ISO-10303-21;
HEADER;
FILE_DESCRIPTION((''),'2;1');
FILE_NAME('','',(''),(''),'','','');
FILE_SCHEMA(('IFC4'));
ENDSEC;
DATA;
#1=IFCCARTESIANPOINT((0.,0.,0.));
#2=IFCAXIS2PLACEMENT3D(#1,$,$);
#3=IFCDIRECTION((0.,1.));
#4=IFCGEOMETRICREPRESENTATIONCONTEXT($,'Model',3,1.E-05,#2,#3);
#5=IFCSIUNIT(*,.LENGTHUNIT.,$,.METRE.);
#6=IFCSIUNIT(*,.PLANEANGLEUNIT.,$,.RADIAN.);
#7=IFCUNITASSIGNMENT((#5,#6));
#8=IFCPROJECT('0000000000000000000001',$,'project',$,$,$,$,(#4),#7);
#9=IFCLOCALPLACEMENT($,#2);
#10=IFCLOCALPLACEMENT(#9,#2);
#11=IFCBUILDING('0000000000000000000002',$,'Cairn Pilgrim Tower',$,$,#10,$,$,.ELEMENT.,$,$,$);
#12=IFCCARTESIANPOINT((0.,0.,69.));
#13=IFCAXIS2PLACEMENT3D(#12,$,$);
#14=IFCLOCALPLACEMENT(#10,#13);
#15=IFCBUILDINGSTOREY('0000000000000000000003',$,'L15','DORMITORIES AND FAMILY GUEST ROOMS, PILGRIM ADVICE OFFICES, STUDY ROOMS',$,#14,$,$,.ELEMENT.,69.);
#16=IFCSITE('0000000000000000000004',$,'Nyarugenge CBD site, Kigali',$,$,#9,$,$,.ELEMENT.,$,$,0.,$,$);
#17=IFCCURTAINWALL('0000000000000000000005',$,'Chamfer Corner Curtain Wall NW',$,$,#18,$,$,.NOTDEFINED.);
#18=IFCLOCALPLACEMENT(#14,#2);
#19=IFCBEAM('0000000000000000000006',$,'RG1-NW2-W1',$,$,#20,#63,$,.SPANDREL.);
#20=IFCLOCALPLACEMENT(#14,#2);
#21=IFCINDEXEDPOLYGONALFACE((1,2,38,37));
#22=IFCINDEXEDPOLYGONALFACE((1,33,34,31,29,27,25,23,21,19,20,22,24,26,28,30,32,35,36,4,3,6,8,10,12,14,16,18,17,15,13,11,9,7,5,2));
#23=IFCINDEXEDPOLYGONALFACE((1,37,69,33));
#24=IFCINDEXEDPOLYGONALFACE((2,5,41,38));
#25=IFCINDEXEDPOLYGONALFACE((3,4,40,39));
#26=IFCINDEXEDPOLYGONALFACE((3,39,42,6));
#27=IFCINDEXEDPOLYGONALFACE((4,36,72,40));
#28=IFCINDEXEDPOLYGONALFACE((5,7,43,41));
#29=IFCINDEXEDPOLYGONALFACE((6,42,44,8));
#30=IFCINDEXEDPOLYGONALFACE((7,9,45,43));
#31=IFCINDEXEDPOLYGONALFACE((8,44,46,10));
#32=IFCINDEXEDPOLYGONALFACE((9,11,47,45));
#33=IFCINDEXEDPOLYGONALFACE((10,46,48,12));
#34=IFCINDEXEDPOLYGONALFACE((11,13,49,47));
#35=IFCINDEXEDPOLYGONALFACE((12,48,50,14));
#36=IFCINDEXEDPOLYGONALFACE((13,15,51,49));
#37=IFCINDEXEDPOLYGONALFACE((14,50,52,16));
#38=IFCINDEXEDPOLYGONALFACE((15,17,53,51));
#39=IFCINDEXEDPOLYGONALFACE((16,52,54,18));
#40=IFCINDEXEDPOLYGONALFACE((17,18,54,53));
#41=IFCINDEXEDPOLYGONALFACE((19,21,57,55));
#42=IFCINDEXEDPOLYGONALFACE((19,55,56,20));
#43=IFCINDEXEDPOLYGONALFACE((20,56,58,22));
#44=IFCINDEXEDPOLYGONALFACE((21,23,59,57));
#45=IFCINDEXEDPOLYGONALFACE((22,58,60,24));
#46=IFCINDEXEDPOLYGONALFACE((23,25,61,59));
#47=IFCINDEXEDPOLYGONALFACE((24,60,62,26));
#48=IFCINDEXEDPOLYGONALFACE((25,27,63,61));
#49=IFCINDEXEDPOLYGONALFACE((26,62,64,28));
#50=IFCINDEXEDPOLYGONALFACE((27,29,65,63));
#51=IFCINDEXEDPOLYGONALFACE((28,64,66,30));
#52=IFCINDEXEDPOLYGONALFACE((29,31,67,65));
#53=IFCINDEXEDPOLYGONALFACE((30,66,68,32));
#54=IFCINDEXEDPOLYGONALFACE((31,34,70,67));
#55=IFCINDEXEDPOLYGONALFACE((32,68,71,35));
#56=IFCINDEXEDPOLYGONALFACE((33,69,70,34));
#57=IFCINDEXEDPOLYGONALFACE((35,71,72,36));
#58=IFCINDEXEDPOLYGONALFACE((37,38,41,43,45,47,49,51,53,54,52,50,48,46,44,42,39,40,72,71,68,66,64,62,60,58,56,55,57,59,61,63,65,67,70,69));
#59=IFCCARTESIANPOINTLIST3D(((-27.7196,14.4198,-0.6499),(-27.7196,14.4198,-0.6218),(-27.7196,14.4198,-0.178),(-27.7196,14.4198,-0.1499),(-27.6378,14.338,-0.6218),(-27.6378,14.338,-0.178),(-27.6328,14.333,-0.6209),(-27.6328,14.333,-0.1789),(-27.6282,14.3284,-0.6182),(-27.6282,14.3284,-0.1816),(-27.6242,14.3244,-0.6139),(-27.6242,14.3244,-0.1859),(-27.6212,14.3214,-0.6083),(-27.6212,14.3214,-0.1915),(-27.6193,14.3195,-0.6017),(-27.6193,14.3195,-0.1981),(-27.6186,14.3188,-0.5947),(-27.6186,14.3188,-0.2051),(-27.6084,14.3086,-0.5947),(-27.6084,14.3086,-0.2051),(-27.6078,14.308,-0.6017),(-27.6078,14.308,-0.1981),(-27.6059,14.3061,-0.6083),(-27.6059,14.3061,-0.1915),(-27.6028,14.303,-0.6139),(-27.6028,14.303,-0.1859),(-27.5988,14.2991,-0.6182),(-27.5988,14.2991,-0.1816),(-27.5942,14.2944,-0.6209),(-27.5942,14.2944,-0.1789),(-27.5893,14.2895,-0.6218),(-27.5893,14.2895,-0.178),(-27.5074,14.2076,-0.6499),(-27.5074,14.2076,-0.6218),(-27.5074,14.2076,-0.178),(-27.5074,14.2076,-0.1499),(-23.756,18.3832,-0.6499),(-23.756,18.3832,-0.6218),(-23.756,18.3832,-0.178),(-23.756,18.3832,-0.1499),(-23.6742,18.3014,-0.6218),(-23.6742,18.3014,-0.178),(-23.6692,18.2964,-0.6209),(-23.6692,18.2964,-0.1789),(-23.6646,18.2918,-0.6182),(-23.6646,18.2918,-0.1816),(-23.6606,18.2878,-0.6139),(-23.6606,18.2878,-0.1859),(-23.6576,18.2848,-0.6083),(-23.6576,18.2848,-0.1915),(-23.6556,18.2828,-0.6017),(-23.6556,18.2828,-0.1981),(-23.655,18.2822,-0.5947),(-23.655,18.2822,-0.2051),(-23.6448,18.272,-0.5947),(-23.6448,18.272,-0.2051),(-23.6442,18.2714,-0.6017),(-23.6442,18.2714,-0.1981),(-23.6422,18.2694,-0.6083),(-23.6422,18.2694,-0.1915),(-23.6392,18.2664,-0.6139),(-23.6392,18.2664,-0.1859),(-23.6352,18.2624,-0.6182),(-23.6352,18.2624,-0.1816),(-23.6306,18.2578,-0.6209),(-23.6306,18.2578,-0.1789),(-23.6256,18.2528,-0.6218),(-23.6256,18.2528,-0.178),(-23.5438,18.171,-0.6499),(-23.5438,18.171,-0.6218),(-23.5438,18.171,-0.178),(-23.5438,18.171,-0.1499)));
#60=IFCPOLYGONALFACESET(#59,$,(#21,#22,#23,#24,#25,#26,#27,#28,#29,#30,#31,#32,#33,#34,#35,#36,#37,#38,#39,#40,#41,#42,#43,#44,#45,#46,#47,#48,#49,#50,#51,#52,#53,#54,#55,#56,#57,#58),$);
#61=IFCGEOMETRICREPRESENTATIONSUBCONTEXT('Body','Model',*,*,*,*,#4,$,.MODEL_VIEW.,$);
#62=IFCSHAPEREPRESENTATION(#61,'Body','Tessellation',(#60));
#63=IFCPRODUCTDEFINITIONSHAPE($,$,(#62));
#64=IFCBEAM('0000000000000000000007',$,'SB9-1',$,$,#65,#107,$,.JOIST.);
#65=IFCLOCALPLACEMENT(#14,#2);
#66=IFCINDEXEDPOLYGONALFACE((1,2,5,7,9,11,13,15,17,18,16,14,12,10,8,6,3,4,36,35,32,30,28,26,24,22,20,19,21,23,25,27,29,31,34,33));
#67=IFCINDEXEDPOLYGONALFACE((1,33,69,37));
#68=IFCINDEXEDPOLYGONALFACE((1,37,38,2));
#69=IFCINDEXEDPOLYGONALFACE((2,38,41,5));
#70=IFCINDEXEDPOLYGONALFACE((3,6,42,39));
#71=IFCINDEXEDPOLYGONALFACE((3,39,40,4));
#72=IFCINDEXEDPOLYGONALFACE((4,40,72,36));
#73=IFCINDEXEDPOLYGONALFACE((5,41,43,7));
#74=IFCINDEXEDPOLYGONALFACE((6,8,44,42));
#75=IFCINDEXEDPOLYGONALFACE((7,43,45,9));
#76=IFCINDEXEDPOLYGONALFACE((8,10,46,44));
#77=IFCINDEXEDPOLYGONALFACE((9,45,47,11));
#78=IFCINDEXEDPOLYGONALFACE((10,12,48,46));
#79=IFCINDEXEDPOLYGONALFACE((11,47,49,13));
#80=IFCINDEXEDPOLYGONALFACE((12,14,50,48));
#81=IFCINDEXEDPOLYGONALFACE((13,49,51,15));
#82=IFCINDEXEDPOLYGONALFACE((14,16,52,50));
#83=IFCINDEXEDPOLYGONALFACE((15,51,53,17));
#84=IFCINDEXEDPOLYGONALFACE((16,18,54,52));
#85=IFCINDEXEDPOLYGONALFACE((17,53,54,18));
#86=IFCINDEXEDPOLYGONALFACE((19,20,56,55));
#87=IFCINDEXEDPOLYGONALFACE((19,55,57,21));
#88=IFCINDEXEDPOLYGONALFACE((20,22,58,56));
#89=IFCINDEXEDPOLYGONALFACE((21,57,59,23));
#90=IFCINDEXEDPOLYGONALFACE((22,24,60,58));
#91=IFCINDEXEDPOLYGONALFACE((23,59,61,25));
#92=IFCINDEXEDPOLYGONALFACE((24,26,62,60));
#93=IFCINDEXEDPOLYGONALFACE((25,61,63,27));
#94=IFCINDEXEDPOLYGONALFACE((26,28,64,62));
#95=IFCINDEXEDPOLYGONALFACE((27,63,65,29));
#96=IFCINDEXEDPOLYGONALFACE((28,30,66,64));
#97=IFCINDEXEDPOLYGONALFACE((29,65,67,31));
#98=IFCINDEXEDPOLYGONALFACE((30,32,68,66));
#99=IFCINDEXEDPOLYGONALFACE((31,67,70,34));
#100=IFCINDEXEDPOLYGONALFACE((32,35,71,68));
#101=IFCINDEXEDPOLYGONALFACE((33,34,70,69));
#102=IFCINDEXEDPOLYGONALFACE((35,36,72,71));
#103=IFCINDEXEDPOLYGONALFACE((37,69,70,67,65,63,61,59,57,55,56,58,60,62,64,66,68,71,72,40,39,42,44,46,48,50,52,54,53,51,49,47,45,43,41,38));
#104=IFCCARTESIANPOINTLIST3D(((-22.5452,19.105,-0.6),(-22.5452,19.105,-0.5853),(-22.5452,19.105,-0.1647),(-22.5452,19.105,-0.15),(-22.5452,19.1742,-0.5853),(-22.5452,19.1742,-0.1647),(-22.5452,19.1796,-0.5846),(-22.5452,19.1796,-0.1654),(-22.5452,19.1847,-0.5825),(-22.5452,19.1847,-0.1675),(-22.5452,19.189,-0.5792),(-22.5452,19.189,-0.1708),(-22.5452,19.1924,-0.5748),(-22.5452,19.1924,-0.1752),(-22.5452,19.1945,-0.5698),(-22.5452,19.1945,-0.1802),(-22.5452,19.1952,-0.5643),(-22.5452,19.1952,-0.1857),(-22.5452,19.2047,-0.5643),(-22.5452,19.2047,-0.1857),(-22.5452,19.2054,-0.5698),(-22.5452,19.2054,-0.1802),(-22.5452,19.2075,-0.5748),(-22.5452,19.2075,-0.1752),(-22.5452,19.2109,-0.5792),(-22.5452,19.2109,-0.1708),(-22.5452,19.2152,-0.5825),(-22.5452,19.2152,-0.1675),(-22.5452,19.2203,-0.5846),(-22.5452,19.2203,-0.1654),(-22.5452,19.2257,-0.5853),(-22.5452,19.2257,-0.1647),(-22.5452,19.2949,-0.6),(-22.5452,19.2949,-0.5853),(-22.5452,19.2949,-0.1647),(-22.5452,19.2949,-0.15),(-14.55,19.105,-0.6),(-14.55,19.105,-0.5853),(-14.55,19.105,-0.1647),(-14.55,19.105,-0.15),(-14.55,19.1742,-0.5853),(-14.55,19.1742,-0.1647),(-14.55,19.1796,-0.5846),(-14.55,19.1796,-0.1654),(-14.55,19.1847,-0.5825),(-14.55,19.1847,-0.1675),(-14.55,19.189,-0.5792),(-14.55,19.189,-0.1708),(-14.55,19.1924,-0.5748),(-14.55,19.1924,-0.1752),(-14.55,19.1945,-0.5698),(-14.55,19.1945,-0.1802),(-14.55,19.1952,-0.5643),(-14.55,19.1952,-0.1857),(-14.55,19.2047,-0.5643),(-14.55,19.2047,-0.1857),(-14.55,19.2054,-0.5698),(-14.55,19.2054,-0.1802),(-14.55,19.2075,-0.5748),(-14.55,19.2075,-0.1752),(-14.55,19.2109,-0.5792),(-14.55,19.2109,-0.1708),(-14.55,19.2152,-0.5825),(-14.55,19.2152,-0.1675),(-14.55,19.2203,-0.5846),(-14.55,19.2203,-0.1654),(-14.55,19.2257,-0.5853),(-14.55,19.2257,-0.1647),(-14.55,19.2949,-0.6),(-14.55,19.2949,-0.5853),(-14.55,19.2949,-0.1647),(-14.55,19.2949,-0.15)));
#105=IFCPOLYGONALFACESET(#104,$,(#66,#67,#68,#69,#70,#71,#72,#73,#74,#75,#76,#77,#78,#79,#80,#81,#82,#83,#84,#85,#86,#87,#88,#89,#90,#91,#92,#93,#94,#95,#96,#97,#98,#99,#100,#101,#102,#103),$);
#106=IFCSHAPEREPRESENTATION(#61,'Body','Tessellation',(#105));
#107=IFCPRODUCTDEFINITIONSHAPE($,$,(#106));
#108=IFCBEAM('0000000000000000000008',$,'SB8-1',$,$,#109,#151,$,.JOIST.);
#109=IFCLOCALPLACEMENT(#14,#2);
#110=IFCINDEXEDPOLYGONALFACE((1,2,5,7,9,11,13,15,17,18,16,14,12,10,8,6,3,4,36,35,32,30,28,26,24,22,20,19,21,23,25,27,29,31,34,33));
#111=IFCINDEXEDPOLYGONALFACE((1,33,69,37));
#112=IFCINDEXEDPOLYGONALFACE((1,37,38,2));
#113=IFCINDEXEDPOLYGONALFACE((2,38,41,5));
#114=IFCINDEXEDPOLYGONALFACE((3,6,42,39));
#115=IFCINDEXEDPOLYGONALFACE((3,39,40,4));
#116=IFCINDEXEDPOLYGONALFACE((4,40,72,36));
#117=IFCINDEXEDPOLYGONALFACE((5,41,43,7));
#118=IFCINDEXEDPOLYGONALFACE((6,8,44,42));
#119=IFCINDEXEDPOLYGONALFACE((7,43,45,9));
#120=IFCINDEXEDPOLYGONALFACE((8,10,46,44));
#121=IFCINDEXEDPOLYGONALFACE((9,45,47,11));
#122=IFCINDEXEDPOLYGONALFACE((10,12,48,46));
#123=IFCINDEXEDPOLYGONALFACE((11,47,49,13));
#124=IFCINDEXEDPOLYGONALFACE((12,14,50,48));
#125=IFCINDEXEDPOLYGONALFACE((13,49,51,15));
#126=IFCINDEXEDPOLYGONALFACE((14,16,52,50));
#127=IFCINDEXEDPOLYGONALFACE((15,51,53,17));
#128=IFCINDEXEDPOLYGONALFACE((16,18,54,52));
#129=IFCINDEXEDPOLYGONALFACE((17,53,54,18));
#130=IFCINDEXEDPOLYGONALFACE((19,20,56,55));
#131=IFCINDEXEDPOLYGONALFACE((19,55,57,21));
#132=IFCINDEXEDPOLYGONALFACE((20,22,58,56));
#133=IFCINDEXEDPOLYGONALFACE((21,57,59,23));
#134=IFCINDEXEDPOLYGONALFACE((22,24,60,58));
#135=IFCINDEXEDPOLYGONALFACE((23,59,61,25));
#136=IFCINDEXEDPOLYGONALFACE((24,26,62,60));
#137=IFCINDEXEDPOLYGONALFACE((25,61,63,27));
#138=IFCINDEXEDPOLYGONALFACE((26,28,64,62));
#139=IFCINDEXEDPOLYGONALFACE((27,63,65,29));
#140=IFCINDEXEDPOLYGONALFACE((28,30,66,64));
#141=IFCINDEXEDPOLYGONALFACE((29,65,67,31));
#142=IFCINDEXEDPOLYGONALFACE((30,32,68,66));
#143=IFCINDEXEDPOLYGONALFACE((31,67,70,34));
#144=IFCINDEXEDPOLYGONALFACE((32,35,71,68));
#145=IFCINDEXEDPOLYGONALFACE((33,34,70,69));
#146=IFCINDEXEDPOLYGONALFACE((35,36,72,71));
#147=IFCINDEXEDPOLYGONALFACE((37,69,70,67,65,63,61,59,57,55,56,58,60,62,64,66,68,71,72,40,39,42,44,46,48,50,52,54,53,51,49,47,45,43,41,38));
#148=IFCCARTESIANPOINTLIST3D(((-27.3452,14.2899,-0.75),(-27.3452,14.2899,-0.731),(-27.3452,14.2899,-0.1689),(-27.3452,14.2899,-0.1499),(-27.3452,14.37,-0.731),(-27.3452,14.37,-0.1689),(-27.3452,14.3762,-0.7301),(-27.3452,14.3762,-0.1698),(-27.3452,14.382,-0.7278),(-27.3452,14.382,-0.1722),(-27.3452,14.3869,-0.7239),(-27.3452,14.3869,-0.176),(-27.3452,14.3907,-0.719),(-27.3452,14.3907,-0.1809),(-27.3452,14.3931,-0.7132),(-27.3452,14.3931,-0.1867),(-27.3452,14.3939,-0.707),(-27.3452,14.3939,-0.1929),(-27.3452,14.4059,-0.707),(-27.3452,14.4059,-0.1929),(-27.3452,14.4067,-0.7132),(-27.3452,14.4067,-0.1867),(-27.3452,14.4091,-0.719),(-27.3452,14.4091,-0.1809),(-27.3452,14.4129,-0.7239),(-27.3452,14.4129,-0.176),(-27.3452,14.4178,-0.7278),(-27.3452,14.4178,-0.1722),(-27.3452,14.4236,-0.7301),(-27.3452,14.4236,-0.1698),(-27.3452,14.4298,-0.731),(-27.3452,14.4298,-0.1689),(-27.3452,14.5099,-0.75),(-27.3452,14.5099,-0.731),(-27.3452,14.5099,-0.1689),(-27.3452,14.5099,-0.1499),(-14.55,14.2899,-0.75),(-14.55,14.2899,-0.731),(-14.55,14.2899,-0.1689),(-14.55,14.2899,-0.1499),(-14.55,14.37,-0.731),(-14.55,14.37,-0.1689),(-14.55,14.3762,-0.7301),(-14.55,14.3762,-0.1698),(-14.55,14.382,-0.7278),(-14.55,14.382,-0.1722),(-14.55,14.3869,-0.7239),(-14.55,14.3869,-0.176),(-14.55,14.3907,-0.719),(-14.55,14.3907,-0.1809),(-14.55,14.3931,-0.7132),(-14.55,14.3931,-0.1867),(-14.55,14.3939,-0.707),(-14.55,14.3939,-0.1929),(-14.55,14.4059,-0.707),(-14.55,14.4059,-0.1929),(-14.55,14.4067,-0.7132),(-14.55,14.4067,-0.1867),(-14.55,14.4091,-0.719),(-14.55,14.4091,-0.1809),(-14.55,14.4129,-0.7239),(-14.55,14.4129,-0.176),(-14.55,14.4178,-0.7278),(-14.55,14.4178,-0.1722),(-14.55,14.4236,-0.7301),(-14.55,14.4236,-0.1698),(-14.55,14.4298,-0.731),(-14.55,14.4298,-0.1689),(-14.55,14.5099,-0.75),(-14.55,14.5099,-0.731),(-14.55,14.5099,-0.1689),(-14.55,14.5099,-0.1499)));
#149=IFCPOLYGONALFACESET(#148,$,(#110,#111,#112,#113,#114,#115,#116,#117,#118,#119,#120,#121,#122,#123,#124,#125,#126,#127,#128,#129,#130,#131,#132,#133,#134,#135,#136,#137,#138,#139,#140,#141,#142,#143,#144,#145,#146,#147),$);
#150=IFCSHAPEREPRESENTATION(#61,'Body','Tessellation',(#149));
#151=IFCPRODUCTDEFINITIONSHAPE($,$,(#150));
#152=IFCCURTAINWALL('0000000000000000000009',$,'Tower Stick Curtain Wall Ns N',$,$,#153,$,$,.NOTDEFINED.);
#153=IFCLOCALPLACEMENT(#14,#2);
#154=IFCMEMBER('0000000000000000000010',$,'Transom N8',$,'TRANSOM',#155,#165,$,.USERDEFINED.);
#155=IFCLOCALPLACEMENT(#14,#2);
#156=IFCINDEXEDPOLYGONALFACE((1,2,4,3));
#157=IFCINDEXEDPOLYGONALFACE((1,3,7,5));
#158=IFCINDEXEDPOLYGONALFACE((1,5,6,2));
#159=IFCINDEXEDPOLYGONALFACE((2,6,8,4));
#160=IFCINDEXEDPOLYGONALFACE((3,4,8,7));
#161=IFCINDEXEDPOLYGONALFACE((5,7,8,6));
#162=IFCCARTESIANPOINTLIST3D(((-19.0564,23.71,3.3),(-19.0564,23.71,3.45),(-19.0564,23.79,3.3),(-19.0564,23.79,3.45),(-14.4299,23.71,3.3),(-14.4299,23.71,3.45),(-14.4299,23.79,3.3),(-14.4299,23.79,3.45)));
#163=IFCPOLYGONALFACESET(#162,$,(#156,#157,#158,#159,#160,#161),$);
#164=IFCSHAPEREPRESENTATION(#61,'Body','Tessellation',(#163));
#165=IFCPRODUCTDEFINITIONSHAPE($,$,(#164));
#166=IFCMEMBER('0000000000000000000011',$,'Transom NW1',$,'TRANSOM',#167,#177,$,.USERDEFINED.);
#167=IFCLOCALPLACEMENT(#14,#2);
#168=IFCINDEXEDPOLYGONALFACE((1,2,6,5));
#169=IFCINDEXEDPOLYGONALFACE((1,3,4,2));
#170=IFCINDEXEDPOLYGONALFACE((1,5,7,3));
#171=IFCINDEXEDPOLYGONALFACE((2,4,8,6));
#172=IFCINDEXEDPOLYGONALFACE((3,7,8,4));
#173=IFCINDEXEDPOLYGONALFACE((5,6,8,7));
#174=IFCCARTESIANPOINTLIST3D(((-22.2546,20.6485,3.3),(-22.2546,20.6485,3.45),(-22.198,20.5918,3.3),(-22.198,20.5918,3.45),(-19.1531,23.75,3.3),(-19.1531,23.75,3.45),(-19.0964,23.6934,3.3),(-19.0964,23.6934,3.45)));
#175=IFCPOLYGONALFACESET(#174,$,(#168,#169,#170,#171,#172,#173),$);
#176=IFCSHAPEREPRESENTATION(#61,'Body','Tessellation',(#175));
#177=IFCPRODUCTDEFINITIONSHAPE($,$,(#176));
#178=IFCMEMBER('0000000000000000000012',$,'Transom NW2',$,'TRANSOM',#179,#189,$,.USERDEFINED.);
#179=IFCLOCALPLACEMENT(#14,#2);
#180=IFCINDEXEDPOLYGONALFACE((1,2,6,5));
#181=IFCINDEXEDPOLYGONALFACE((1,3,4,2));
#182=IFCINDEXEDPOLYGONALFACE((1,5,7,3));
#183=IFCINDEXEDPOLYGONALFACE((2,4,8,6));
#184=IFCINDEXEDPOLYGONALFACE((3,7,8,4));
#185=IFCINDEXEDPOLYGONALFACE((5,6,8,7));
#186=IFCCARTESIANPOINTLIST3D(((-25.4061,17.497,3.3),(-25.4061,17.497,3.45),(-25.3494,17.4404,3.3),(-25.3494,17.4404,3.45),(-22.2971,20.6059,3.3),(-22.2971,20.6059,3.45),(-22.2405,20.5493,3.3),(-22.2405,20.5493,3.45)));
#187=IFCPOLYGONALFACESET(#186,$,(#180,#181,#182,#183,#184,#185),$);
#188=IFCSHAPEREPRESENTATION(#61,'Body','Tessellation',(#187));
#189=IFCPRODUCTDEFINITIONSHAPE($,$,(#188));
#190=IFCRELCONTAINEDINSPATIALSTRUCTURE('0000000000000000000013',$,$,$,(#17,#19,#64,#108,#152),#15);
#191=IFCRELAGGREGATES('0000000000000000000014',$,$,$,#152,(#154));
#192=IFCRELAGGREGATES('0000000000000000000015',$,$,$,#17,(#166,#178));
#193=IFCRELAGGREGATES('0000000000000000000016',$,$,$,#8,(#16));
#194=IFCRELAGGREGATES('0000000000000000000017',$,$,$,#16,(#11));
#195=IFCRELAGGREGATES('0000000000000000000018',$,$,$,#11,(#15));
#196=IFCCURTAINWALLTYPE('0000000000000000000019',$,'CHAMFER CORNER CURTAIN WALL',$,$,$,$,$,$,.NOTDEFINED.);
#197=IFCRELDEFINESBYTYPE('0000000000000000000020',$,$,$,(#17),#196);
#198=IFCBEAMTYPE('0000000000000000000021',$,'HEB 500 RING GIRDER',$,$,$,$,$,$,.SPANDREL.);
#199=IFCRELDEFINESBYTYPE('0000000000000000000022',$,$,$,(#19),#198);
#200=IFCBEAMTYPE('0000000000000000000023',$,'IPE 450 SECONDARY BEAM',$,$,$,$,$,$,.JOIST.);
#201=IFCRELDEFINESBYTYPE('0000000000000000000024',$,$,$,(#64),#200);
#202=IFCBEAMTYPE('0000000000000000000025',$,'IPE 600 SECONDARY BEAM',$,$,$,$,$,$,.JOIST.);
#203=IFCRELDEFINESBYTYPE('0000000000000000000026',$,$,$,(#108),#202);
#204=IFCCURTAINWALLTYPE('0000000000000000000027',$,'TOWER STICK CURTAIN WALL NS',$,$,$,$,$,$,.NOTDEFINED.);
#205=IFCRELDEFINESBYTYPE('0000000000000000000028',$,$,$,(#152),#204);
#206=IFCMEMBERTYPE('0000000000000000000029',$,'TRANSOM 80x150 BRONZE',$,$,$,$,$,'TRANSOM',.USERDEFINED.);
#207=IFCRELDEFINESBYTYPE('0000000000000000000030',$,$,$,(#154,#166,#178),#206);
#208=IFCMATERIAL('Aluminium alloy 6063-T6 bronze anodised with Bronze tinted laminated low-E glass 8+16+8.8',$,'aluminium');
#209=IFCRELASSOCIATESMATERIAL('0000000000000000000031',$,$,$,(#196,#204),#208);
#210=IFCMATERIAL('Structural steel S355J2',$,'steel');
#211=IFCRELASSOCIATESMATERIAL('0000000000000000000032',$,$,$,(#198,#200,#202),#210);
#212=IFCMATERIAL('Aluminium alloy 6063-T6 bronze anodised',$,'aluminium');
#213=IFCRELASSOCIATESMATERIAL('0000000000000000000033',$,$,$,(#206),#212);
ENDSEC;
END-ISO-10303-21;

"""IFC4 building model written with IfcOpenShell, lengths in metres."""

from ifc_helpers import new_model, si_unit, direction, frame, origin, origin_2d, place, context, subcontext, project, spatial, rectangle, i_section, extrude, material, material_profile, profile_set, type_object, element, aggregate, save


model = new_model("IFC4")

# Units and contexts
model_context = context("Model", 3, precision=1e-05, world=origin(), true_north=direction((0.0, 1.0)))
body_context = subcontext(model_context, "Body", "Model", "MODEL_VIEW")
ifc_project = project(units=[si_unit("LENGTHUNIT", "METRE"), si_unit("PLANEANGLEUNIT", "RADIAN")], contexts=[model_context])

# Site, building, storey
site_placement = place(None, origin())
site = spatial("IfcSite", under=ifc_project, at=site_placement, Name="Nyarugenge CBD site, Kigali", CompositionType="ELEMENT", RefElevation=0.0)
building_placement = place(site_placement, origin())
building = spatial("IfcBuilding", under=site, at=building_placement, Name="Cairn Pilgrim Tower", CompositionType="ELEMENT")
storey_placement = place(building_placement, frame((0.0, 0.0, 69.0)))
storey = spatial("IfcBuildingStorey", under=building, at=storey_placement, Name="L15", Description="DORMITORIES AND FAMILY GUEST ROOMS, PILGRIM ADVICE OFFICES, STUDY ROOMS", CompositionType="ELEMENT", Elevation=69.0)

# Shared definitions
ifc_material_1 = material(Name="Structural steel S355J2", Category="steel")

# Curtain wall
ifc_material_2 = material(Name="Aluminium alloy 6063-T6 bronze anodised with Bronze tinted laminated low-E glass 8+16+8.8", Category="aluminium")
curtain_wall_type_1 = type_object("IfcCurtainWallType", Name="CHAMFER CORNER CURTAIN WALL", PredefinedType="NOTDEFINED", material=ifc_material_2)
curtain_wall_1_placement = place(storey_placement, origin())
curtain_wall_1 = element("IfcCurtainWall", 1, at=curtain_wall_1_placement, inside=storey, type_object=curtain_wall_type_1, Name="Chamfer Corner Curtain Wall NW", PredefinedType="NOTDEFINED")
ifc_material_3 = material(Name="Aluminium alloy 6063-T6 bronze anodised", Category="aluminium")

# Beams
ifc_material_profile_1 = material_profile(ifc_material_1, i_section(OverallWidth=0.3, OverallDepth=0.5, WebThickness=0.0144, FlangeThickness=0.0281, FilletRadius=0.0271, at=origin_2d()), Name="HEB 500")
ifc_profile_set_1 = profile_set([ifc_material_profile_1], Name="Structural steel S355J2")
beam_type_1 = type_object("IfcBeamType", Name="HEB 500 RING GIRDER", PredefinedType="SPANDREL", material=ifc_profile_set_1)
beam_1_placement = place(storey_placement, frame((-23.6499, 18.2771, -0.3999), z_axis=(-0.707129, -0.707085, 0.0), x_axis=(0.707085, -0.707129, 0.0)))
element("IfcBeam", 2, at=beam_1_placement, inside=storey, type_object=beam_type_1, Name="RG1-NW2-W1", PredefinedType="SPANDREL", context=body_context, shape_type="SweptSolid", body=[
    extrude(i_section(OverallWidth=0.3, OverallDepth=0.5, WebThickness=0.0144, FlangeThickness=0.0281, FilletRadius=0.0271, at=origin_2d()), origin(), (0.0, 0.0, 1.0), 5.6052),
])
ifc_material_profile_2 = material_profile(ifc_material_1, i_section(OverallWidth=0.1899, OverallDepth=0.45, WebThickness=0.0095, FlangeThickness=0.0146, FilletRadius=0.021, at=origin_2d()), Name="IPE 450")
ifc_profile_set_2 = profile_set([ifc_material_profile_2], Name="Structural steel S355J2")
beam_type_2 = type_object("IfcBeamType", Name="IPE 450 SECONDARY BEAM", PredefinedType="JOIST", material=ifc_profile_set_2)
beam_2_placement = place(storey_placement, frame((-22.5452, 19.2, -0.375), z_axis=(1.0, 0.0, 0.0), x_axis=(0.0, 1.0, 0.0)))
element("IfcBeam", 3, at=beam_2_placement, inside=storey, type_object=beam_type_2, Name="SB9-1", PredefinedType="JOIST", context=body_context, shape_type="SweptSolid", body=[
    extrude(i_section(OverallWidth=0.1899, OverallDepth=0.45, WebThickness=0.0095, FlangeThickness=0.0146, FilletRadius=0.021, at=origin_2d()), origin(), (0.0, 0.0, 1.0), 7.9951),
])
ifc_material_profile_3 = material_profile(ifc_material_1, i_section(OverallWidth=0.22, OverallDepth=0.6001, WebThickness=0.012, FlangeThickness=0.019, FilletRadius=0.0239, at=origin_2d()), Name="IPE 600")
ifc_profile_set_3 = profile_set([ifc_material_profile_3], Name="Structural steel S355J2")
beam_type_3 = type_object("IfcBeamType", Name="IPE 600 SECONDARY BEAM", PredefinedType="JOIST", material=ifc_profile_set_3)
beam_3_placement = place(storey_placement, frame((-27.3452, 14.3999, -0.45), z_axis=(1.0, 0.0, 0.0), x_axis=(0.0, 1.0, 0.0)))
element("IfcBeam", 4, at=beam_3_placement, inside=storey, type_object=beam_type_3, Name="SB8-1", PredefinedType="JOIST", context=body_context, shape_type="SweptSolid", body=[
    extrude(i_section(OverallWidth=0.22, OverallDepth=0.6001, WebThickness=0.012, FlangeThickness=0.019, FilletRadius=0.0239, at=origin_2d()), origin(), (0.0, 0.0, 1.0), 12.7952),
])

# Curtain wall, member
curtain_wall_type_2 = type_object("IfcCurtainWallType", Name="TOWER STICK CURTAIN WALL NS", PredefinedType="NOTDEFINED", material=ifc_material_2)
curtain_wall_2_placement = place(storey_placement, origin())
curtain_wall_2 = element("IfcCurtainWall", 5, at=curtain_wall_2_placement, inside=storey, type_object=curtain_wall_type_2, Name="Tower Stick Curtain Wall Ns N", PredefinedType="NOTDEFINED")
ifc_material_profile_4 = material_profile(ifc_material_3, rectangle(XDim=0.0801, YDim=0.1499, at=origin_2d()), Name="TRANSOM 80x150 BRONZE")
ifc_profile_set_4 = profile_set([ifc_material_profile_4], Name="Aluminium alloy 6063-T6 bronze anodised")
member_type_1 = type_object("IfcMemberType", Name="TRANSOM 80x150 BRONZE", ElementType="TRANSOM", PredefinedType="USERDEFINED", material=ifc_profile_set_4)
member_1_placement = place(storey_placement, frame((-14.4299, 23.75, 3.375), z_axis=(-1.0, 0.0, 0.0), x_axis=(0.0, -1.0, 0.0)))
member_1 = element("IfcMember", 6, at=member_1_placement, type_object=member_type_1, Name="Transom N8", ObjectType="TRANSOM", PredefinedType="USERDEFINED", context=body_context, shape_type="SweptSolid", body=[
    extrude(rectangle(XDim=0.0801, YDim=0.1499, at=origin_2d()), origin(), (0.0, 0.0, 1.0), 4.6265),
])

# Members
member_2_placement = place(storey_placement, frame((-19.1248, 23.7217, 3.375), z_axis=(-0.707107, -0.707107, 0.0), x_axis=(0.707107, -0.707107, 0.0)))
member_2 = element("IfcMember", 7, at=member_2_placement, type_object=member_type_1, Name="Transom NW1", ObjectType="TRANSOM", PredefinedType="USERDEFINED", context=body_context, shape_type="SweptSolid", body=[
    extrude(rectangle(XDim=0.0801, YDim=0.1499, at=origin_2d()), origin(), (0.0, 0.0, 1.0), 4.3862),
])
member_3_placement = place(storey_placement, frame((-22.2688, 20.5776, 3.375), z_axis=(-0.707107, -0.707107, 0.0), x_axis=(0.707107, -0.707107, 0.0)))
member_3 = element("IfcMember", 8, at=member_3_placement, type_object=member_type_1, Name="Transom NW2", ObjectType="TRANSOM", PredefinedType="USERDEFINED", context=body_context, shape_type="SweptSolid", body=[
    extrude(rectangle(XDim=0.0801, YDim=0.1499, at=origin_2d()), origin(), (0.0, 0.0, 1.0), 4.3967),
])

aggregate(curtain_wall_2, [member_1])
aggregate(curtain_wall_1, [member_2, member_3])

save(model, "model.ifc")
